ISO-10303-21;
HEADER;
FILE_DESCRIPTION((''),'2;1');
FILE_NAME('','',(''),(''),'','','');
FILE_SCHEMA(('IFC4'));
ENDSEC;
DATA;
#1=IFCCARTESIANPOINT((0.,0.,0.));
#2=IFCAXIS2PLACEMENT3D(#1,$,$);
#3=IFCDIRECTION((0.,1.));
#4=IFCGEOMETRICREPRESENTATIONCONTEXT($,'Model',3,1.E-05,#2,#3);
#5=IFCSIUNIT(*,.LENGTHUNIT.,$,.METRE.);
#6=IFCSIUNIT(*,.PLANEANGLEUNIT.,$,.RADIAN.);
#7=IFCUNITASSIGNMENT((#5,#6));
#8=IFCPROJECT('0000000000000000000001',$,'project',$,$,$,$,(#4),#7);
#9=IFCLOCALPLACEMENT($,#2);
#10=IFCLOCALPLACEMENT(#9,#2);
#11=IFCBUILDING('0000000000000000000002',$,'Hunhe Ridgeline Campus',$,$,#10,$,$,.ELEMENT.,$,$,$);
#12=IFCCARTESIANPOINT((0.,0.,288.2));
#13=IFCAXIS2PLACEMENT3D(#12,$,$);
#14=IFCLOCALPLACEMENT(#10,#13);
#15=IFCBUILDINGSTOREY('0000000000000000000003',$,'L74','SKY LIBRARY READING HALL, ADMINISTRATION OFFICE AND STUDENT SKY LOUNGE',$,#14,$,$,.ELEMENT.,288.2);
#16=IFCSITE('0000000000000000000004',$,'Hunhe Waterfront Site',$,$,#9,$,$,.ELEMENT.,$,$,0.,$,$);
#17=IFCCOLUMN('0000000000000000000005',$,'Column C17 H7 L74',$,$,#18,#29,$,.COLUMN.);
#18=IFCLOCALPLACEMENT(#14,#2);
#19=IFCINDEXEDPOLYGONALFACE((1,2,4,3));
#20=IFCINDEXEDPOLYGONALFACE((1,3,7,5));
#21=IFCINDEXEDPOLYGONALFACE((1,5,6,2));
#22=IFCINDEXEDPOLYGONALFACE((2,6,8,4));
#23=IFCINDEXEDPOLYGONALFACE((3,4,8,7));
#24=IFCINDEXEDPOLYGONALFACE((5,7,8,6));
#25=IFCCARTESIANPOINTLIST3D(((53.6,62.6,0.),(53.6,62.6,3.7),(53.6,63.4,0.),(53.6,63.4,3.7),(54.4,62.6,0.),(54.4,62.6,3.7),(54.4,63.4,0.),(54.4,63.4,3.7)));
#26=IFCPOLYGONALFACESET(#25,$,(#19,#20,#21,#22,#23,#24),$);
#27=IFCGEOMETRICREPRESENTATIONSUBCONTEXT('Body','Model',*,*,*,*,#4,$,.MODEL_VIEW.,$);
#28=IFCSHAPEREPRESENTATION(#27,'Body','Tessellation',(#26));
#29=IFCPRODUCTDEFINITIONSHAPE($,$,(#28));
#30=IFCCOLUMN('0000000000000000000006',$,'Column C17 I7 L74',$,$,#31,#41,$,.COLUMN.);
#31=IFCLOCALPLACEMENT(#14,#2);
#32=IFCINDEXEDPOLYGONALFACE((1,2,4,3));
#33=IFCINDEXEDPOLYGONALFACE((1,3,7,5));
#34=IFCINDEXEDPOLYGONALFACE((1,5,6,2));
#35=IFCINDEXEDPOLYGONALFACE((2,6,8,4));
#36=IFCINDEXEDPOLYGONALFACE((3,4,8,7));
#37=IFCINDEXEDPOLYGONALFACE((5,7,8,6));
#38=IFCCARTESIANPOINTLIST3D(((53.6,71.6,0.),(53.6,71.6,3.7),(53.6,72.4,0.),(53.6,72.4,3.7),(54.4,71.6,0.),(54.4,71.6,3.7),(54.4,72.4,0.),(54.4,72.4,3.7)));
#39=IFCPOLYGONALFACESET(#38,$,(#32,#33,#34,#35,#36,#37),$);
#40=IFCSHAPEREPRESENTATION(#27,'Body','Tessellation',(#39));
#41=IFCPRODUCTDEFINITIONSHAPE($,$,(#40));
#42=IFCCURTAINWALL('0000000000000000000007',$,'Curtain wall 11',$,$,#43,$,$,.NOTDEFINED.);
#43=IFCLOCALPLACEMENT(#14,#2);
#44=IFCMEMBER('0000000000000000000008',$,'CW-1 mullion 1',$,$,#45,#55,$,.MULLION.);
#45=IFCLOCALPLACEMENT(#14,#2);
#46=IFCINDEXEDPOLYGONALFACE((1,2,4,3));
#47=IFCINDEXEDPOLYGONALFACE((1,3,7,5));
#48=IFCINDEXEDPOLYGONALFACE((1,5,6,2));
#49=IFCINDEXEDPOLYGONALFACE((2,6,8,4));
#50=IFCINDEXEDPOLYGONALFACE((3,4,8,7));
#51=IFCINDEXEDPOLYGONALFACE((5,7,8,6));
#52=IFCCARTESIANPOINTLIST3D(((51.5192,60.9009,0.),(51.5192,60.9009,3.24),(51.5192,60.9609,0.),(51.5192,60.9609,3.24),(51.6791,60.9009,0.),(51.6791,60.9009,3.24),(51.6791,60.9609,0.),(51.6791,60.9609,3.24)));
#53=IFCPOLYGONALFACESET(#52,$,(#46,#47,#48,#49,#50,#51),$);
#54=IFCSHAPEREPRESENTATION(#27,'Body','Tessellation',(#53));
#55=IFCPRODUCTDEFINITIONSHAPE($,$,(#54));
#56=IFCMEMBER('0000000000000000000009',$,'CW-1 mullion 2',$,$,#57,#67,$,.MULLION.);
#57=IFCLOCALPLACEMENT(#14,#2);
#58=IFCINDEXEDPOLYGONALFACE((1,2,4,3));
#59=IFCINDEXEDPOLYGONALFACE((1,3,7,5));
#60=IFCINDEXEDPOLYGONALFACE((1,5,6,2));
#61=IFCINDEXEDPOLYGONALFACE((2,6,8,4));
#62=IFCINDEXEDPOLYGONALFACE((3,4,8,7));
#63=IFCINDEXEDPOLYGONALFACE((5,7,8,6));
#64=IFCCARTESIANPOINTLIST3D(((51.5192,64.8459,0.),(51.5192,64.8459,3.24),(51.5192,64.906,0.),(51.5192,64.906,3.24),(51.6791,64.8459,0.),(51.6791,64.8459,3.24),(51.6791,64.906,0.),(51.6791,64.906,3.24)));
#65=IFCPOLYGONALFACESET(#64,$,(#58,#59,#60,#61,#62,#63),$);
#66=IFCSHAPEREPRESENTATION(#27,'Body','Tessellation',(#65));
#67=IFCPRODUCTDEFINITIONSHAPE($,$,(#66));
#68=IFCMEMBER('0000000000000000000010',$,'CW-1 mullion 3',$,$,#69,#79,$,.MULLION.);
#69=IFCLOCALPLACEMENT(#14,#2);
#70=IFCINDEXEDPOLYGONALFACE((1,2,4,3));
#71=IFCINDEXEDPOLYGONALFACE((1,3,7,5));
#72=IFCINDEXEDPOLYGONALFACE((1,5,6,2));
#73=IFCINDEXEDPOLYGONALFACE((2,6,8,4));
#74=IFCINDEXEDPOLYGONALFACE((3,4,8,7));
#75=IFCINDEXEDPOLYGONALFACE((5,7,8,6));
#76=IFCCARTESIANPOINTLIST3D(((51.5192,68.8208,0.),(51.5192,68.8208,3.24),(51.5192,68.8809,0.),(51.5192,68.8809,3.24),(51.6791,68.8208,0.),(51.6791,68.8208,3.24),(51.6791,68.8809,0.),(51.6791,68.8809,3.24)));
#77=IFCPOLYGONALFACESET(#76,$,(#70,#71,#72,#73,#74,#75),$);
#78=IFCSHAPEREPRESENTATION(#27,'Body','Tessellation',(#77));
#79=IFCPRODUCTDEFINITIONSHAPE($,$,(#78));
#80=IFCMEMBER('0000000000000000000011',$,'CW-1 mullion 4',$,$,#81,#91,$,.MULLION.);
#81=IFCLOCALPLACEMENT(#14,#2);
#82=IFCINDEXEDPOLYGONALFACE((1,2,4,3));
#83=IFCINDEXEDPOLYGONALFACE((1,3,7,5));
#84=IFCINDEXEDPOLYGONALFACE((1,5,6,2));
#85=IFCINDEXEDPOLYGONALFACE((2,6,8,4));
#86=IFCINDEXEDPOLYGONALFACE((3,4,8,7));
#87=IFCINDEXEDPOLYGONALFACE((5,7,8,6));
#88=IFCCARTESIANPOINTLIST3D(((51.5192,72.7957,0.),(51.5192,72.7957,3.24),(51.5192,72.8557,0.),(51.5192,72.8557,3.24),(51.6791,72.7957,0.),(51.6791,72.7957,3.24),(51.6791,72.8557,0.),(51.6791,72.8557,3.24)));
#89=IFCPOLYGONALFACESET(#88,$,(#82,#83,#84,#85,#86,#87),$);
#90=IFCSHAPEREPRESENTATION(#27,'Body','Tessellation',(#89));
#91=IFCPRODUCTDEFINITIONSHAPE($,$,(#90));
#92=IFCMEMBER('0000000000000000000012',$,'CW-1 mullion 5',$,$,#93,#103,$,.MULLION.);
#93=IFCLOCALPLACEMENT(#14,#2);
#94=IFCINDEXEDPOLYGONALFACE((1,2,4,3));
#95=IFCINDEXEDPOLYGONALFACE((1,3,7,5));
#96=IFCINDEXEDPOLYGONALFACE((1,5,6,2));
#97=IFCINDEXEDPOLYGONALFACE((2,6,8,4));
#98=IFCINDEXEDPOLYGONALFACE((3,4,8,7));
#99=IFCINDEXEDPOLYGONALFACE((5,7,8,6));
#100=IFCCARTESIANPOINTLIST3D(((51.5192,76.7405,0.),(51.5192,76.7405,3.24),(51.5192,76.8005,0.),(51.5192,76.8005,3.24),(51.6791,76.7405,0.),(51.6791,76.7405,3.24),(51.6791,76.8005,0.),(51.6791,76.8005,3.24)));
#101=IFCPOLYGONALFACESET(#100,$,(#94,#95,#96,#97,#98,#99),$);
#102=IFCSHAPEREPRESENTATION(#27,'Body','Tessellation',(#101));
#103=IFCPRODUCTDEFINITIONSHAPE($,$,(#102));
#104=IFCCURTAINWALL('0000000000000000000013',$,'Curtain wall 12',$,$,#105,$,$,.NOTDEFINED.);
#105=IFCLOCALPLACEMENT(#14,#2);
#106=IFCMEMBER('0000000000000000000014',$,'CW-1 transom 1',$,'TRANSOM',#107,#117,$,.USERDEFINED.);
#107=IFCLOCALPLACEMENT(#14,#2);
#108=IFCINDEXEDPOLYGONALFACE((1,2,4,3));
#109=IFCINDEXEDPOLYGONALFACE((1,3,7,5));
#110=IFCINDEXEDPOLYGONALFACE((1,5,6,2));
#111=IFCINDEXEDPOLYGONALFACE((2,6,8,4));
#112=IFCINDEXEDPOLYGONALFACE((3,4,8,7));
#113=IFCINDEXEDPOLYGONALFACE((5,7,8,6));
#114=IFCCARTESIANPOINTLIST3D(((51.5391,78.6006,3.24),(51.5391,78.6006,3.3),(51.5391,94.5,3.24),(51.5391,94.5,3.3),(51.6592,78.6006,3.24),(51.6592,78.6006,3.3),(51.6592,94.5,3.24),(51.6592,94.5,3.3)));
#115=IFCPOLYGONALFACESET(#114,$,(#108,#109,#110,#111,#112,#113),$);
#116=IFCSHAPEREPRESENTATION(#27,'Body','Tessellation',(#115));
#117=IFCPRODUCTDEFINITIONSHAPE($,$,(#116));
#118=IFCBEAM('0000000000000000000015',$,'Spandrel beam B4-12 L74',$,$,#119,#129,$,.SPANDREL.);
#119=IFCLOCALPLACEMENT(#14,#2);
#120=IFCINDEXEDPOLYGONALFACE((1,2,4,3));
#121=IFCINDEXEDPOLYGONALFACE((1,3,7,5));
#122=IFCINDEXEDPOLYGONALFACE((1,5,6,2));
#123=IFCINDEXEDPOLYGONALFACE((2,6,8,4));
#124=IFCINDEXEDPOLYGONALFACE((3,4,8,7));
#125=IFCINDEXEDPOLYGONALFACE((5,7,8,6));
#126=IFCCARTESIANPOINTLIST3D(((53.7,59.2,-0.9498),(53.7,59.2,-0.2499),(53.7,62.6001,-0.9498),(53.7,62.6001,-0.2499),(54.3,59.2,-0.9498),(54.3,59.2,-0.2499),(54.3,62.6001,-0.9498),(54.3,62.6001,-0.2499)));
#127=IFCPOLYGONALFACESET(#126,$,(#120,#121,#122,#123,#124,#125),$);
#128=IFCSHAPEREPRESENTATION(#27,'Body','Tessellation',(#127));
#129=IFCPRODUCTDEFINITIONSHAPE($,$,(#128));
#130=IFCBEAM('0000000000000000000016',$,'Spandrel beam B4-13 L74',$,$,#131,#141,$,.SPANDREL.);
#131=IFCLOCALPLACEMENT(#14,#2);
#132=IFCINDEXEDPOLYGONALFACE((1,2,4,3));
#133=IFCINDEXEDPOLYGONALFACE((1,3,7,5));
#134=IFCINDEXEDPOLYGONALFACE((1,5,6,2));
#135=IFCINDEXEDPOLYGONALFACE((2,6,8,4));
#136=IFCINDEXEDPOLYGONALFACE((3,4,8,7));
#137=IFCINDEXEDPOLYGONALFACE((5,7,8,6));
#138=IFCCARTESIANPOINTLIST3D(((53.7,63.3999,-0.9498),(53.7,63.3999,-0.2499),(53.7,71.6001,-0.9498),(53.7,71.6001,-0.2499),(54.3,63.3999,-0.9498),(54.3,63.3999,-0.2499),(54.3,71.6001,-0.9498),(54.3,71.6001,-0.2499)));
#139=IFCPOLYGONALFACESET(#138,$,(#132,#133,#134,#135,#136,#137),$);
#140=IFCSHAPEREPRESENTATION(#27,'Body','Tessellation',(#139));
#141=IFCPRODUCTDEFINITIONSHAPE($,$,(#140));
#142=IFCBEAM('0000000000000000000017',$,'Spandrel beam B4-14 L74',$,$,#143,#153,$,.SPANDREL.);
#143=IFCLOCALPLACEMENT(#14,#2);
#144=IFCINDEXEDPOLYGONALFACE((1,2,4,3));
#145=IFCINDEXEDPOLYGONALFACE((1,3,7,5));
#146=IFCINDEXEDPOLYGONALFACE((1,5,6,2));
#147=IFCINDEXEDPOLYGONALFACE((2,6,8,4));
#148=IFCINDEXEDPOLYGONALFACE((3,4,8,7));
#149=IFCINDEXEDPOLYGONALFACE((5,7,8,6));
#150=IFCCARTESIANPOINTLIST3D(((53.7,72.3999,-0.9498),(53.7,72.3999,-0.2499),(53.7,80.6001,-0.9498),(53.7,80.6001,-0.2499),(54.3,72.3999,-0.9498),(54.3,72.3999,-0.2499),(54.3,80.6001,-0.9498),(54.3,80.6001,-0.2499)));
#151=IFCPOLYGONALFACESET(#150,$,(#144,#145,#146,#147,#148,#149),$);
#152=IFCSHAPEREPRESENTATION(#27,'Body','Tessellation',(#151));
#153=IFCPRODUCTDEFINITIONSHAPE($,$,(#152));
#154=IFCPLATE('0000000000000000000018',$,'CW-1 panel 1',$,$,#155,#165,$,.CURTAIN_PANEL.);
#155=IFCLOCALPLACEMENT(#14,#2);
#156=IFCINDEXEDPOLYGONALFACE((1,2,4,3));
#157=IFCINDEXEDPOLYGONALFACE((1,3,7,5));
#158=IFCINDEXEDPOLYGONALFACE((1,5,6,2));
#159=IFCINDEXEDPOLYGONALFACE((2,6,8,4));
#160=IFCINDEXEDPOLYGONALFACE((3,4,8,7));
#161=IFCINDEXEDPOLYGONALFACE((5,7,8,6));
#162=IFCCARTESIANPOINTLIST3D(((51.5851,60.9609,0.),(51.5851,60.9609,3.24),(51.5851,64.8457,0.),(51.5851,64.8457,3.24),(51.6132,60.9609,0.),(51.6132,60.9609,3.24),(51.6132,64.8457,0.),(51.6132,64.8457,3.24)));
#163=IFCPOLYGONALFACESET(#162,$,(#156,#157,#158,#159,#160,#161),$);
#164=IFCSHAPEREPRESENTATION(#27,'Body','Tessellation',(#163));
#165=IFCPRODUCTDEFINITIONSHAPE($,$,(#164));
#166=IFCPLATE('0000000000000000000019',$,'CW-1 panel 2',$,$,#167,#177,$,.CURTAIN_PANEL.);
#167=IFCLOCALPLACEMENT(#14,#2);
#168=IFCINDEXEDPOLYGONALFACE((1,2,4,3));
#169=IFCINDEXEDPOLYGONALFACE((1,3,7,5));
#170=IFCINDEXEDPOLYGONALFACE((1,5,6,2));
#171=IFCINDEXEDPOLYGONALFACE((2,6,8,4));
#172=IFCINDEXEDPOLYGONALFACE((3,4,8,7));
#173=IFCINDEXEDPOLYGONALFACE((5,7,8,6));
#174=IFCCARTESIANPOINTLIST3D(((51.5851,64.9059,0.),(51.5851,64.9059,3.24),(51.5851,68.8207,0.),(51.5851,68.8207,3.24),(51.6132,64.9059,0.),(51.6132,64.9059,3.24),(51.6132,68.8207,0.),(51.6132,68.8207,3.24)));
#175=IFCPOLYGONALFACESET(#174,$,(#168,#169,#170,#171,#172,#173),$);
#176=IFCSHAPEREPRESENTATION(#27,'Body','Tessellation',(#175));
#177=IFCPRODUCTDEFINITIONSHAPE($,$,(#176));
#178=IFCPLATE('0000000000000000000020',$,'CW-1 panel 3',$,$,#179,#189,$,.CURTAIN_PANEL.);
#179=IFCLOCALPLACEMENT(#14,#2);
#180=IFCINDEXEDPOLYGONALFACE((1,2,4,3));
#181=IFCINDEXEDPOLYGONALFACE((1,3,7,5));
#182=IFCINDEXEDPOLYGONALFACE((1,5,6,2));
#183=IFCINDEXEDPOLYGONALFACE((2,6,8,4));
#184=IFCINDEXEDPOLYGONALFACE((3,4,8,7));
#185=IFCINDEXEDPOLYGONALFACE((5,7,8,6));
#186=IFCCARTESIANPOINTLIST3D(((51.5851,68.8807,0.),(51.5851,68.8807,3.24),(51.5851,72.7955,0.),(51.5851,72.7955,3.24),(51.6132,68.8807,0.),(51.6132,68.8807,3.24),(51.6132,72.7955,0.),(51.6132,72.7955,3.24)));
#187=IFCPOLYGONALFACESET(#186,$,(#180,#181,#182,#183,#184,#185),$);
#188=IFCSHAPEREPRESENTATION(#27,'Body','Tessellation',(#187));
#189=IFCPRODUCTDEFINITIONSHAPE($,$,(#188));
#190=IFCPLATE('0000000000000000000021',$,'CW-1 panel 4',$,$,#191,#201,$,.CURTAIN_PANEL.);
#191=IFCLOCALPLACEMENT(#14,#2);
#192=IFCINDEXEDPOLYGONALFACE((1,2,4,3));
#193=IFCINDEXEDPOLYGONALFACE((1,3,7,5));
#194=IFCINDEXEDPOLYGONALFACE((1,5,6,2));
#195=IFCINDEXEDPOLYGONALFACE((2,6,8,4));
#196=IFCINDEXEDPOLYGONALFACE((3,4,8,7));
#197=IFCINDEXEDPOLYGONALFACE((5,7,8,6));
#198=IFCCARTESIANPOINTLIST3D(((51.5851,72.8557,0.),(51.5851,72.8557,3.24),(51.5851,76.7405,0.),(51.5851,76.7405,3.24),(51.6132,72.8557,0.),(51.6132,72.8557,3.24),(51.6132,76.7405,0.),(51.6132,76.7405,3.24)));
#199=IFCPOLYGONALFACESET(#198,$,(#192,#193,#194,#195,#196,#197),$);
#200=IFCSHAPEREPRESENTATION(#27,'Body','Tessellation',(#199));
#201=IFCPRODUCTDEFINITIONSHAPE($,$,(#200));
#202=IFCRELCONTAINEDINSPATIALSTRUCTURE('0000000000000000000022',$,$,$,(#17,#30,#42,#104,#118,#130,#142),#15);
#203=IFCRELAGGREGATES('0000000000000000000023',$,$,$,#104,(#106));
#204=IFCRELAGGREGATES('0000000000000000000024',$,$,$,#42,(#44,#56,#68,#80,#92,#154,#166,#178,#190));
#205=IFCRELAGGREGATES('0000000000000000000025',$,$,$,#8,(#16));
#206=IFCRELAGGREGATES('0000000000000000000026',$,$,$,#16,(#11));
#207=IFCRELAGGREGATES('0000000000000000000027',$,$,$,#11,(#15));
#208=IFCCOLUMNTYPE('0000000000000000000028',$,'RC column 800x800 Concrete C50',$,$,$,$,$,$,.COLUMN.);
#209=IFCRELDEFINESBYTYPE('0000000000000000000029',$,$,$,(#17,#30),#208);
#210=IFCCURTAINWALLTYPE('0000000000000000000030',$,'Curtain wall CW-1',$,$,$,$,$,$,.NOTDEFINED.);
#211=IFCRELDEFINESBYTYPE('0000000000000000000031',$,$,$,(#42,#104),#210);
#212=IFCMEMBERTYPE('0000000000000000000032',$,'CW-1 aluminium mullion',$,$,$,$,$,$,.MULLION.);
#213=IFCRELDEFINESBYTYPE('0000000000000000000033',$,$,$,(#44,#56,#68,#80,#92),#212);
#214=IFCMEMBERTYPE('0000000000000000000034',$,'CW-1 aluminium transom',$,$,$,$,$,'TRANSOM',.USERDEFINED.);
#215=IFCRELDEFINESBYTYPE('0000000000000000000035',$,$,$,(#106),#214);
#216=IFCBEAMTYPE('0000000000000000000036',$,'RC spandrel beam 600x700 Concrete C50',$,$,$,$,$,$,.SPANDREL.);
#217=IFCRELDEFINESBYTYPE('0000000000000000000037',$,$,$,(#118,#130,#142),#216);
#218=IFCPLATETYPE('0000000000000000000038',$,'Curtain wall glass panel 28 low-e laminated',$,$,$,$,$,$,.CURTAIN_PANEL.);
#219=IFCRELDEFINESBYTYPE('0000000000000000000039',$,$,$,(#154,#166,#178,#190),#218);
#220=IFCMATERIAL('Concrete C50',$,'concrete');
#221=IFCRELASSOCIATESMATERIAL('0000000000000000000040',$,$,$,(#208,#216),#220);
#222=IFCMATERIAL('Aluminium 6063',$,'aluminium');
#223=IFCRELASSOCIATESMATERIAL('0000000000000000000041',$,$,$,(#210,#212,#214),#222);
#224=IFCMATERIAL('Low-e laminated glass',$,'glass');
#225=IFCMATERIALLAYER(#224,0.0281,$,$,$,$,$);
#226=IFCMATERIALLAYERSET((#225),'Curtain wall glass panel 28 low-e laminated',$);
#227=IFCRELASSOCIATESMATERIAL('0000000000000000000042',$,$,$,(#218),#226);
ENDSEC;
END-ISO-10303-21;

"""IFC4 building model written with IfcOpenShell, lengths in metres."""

from ifc_helpers import new_model, si_unit, direction, frame, origin, origin_2d, place, context, subcontext, project, spatial, rectangle, extrude, material, layer, layer_set, material_profile, profile_set, type_object, element, aggregate, save


model = new_model("IFC4")

# Units and contexts
model_context = context("Model", 3, precision=1e-05, world=origin(), true_north=direction((0.0, 1.0)))
body_context = subcontext(model_context, "Body", "Model", "MODEL_VIEW")
ifc_project = project(units=[si_unit("LENGTHUNIT", "METRE"), si_unit("PLANEANGLEUNIT", "RADIAN")], contexts=[model_context])

# Site, building, storey
site_placement = place(None, origin())
site = spatial("IfcSite", under=ifc_project, at=site_placement, Name="Hunhe Waterfront Site", CompositionType="ELEMENT", RefElevation=0.0)
building_placement = place(site_placement, origin())
building = spatial("IfcBuilding", under=site, at=building_placement, Name="Hunhe Ridgeline Campus", CompositionType="ELEMENT")
storey_placement = place(building_placement, frame((0.0, 0.0, 288.2)))
storey = spatial("IfcBuildingStorey", under=building, at=storey_placement, Name="L74", Description="SKY LIBRARY READING HALL, ADMINISTRATION OFFICE AND STUDENT SKY LOUNGE", CompositionType="ELEMENT", Elevation=288.2)

# Columns
ifc_material_1 = material(Name="Concrete C50", Category="concrete")
ifc_material_profile_1 = material_profile(ifc_material_1, rectangle(XDim=0.8, YDim=0.8, at=origin_2d()))
ifc_profile_set_1 = profile_set([ifc_material_profile_1], Name="Concrete C50")
column_type = type_object("IfcColumnType", Name="RC column 800x800 Concrete C50", PredefinedType="COLUMN", material=ifc_profile_set_1)
for number, where, z_axis, x_axis, name in (
    (1, (54.0, 63.0, 0.0), (0.0, 0.0, 1.0), (1.0, 0.0, 0.0), "Column C17 H7 L74"),
    (2, (54.0, 72.0, 0.0), (0.0, 0.0, 1.0), (1.0, 0.0, 0.0), "Column C17 I7 L74"),
):
    element("IfcColumn", number, at=place(storey_placement, frame(where, z_axis=z_axis, x_axis=x_axis)), inside=storey, type_object=column_type, Name=name, PredefinedType="COLUMN", context=body_context, shape_type="SweptSolid", body=[
        extrude(rectangle(XDim=0.8, YDim=0.8, at=origin_2d()), origin(), (0.0, 0.0, 1.0), 3.7),
    ])

# Curtain wall, members
ifc_material_2 = material(Name="Aluminium 6063", Category="aluminium")
curtain_wall_type = type_object("IfcCurtainWallType", Name="Curtain wall CW-1", PredefinedType="NOTDEFINED", material=ifc_material_2)
curtain_wall_1_placement = place(storey_placement, origin())
curtain_wall_1 = element("IfcCurtainWall", 3, at=curtain_wall_1_placement, inside=storey, type_object=curtain_wall_type, Name="Curtain wall 11", PredefinedType="NOTDEFINED")
ifc_material_profile_2 = material_profile(ifc_material_2, rectangle(XDim=0.1599, YDim=0.0601, at=origin_2d()))
ifc_profile_set_2 = profile_set([ifc_material_profile_2], Name="Aluminium 6063")
member_type_1 = type_object("IfcMemberType", Name="CW-1 aluminium mullion", PredefinedType="MULLION", material=ifc_profile_set_2)
member_1_placement = place(storey_placement, frame((51.5991, 60.9309, 0.0), z_axis=(0.0, 0.0, 1.0), x_axis=(-1.0, 0.0, 0.0)))
member_1 = element("IfcMember", 4, at=member_1_placement, type_object=member_type_1, Name="CW-1 mullion 1", PredefinedType="MULLION", context=body_context, shape_type="SweptSolid", body=[
    extrude(rectangle(XDim=0.1599, YDim=0.0601, at=origin_2d()), origin(), (0.0, 0.0, 1.0), 3.24),
])
member_2_placement = place(storey_placement, frame((51.5991, 64.876, 0.0), z_axis=(0.0, 0.0, 1.0), x_axis=(-1.0, 0.0, 0.0)))
member_2 = element("IfcMember", 5, at=member_2_placement, type_object=member_type_1, Name="CW-1 mullion 2", PredefinedType="MULLION", context=body_context, shape_type="SweptSolid", body=[
    extrude(rectangle(XDim=0.1599, YDim=0.0601, at=origin_2d()), origin(), (0.0, 0.0, 1.0), 3.24),
])
member_3_placement = place(storey_placement, frame((51.5991, 68.8508, 0.0), z_axis=(0.0, 0.0, 1.0), x_axis=(-1.0, 0.0, 0.0)))
member_3 = element("IfcMember", 6, at=member_3_placement, type_object=member_type_1, Name="CW-1 mullion 3", PredefinedType="MULLION", context=body_context, shape_type="SweptSolid", body=[
    extrude(rectangle(XDim=0.1599, YDim=0.0601, at=origin_2d()), origin(), (0.0, 0.0, 1.0), 3.24),
])
member_4_placement = place(storey_placement, frame((51.5991, 72.8257, 0.0), z_axis=(0.0, 0.0, 1.0), x_axis=(-1.0, 0.0, 0.0)))
member_4 = element("IfcMember", 7, at=member_4_placement, type_object=member_type_1, Name="CW-1 mullion 4", PredefinedType="MULLION", context=body_context, shape_type="SweptSolid", body=[
    extrude(rectangle(XDim=0.1599, YDim=0.0601, at=origin_2d()), origin(), (0.0, 0.0, 1.0), 3.24),
])
member_5_placement = place(storey_placement, frame((51.5991, 76.7705, 0.0), z_axis=(0.0, 0.0, 1.0), x_axis=(-1.0, 0.0, 0.0)))
member_5 = element("IfcMember", 8, at=member_5_placement, type_object=member_type_1, Name="CW-1 mullion 5", PredefinedType="MULLION", context=body_context, shape_type="SweptSolid", body=[
    extrude(rectangle(XDim=0.1599, YDim=0.0601, at=origin_2d()), origin(), (0.0, 0.0, 1.0), 3.24),
])

# Curtain wall, member
curtain_wall_2_placement = place(storey_placement, origin())
curtain_wall_2 = element("IfcCurtainWall", 9, at=curtain_wall_2_placement, inside=storey, type_object=curtain_wall_type, Name="Curtain wall 12", PredefinedType="NOTDEFINED")
ifc_material_profile_3 = material_profile(ifc_material_2, rectangle(XDim=0.1201, YDim=0.0601, at=origin_2d()))
ifc_profile_set_3 = profile_set([ifc_material_profile_3], Name="Aluminium 6063")
member_type_2 = type_object("IfcMemberType", Name="CW-1 aluminium transom", ElementType="TRANSOM", PredefinedType="USERDEFINED", material=ifc_profile_set_3)
member_6_placement = place(storey_placement, frame((51.5991, 78.6006, 3.27), z_axis=(0.0, 1.0, 0.0), x_axis=(-1.0, 0.0, 0.0)))
member_6 = element("IfcMember", 10, at=member_6_placement, type_object=member_type_2, Name="CW-1 transom 1", ObjectType="TRANSOM", PredefinedType="USERDEFINED", context=body_context, shape_type="SweptSolid", body=[
    extrude(rectangle(XDim=0.1201, YDim=0.0601, at=origin_2d()), origin(), (0.0, 0.0, 1.0), 15.8994),
])
aggregate(curtain_wall_2, [member_6])

# Beams
ifc_material_profile_4 = material_profile(ifc_material_1, rectangle(XDim=0.6001, YDim=0.7, at=origin_2d()))
ifc_profile_set_4 = profile_set([ifc_material_profile_4], Name="Concrete C50")
beam_type = type_object("IfcBeamType", Name="RC spandrel beam 600x700 Concrete C50", PredefinedType="SPANDREL", material=ifc_profile_set_4)
beam_placement = place(storey_placement, frame((54.0, 59.2, -0.5999), z_axis=(0.0, 1.0, 0.0), x_axis=(-1.0, 0.0, 0.0)))
element("IfcBeam", 11, at=beam_placement, inside=storey, type_object=beam_type, Name="Spandrel beam B4-12 L74", PredefinedType="SPANDREL", context=body_context, shape_type="SweptSolid", body=[
    extrude(rectangle(XDim=0.6001, YDim=0.7, at=origin_2d()), origin(), (0.0, 0.0, 1.0), 3.4001),
])
for number, where, z_axis, x_axis, name in (
    (12, (54.0, 63.3999, -0.5999), (0.0, 1.0, 0.0), (-1.0, 0.0, 0.0), "Spandrel beam B4-13 L74"),
    (13, (54.0, 72.3999, -0.5999), (0.0, 1.0, 0.0), (-1.0, 0.0, 0.0), "Spandrel beam B4-14 L74"),
):
    element("IfcBeam", number, at=place(storey_placement, frame(where, z_axis=z_axis, x_axis=x_axis)), inside=storey, type_object=beam_type, Name=name, PredefinedType="SPANDREL", context=body_context, shape_type="SweptSolid", body=[
        extrude(rectangle(XDim=0.6001, YDim=0.7, at=origin_2d()), origin(), (0.0, 0.0, 1.0), 8.2002),
    ])

# Plates
ifc_material_3 = material(Name="Low-e laminated glass", Category="glass")
ifc_layer_1 = layer(ifc_material_3, 0.0281)
ifc_layer_set_1 = layer_set([ifc_layer_1], Name="Curtain wall glass panel 28 low-e laminated")
plate_type = type_object("IfcPlateType", Name="Curtain wall glass panel 28 low-e laminated", PredefinedType="CURTAIN_PANEL", material=ifc_layer_set_1)
plate_1_placement = place(storey_placement, frame((51.5991, 62.9033, 0.0), z_axis=(0.0, 0.0, 1.0), x_axis=(0.0, 1.0, 0.0)))
plate_1 = element("IfcPlate", 14, at=plate_1_placement, type_object=plate_type, Name="CW-1 panel 1", PredefinedType="CURTAIN_PANEL", context=body_context, shape_type="SweptSolid", body=[
    extrude(rectangle(XDim=3.8848, YDim=0.0281, at=origin_2d()), origin(), (0.0, 0.0, 1.0), 3.24),
])
plate_2_placement = place(storey_placement, frame((51.5991, 66.8633, 0.0), z_axis=(0.0, 0.0, 1.0), x_axis=(0.0, 1.0, 0.0)))
plate_2 = element("IfcPlate", 15, at=plate_2_placement, type_object=plate_type, Name="CW-1 panel 2", PredefinedType="CURTAIN_PANEL", context=body_context, shape_type="SweptSolid", body=[
    extrude(rectangle(XDim=3.9148, YDim=0.0281, at=origin_2d()), origin(), (0.0, 0.0, 1.0), 3.24),
])
plate_3_placement = place(storey_placement, frame((51.5991, 70.8381, 0.0), z_axis=(0.0, 0.0, 1.0), x_axis=(0.0, 1.0, 0.0)))
plate_3 = element("IfcPlate", 16, at=plate_3_placement, type_object=plate_type, Name="CW-1 panel 3", PredefinedType="CURTAIN_PANEL", context=body_context, shape_type="SweptSolid", body=[
    extrude(rectangle(XDim=3.9148, YDim=0.0281, at=origin_2d()), origin(), (0.0, 0.0, 1.0), 3.24),
])
plate_4_placement = place(storey_placement, frame((51.5991, 74.7981, 0.0), z_axis=(0.0, 0.0, 1.0), x_axis=(0.0, 1.0, 0.0)))
plate_4 = element("IfcPlate", 17, at=plate_4_placement, type_object=plate_type, Name="CW-1 panel 4", PredefinedType="CURTAIN_PANEL", context=body_context, shape_type="SweptSolid", body=[
    extrude(rectangle(XDim=3.8848, YDim=0.0281, at=origin_2d()), origin(), (0.0, 0.0, 1.0), 3.24),
])
aggregate(curtain_wall_1, [member_1, member_2, member_3, member_4, member_5, plate_1, plate_2, plate_3, plate_4])

save(model, "model.ifc")
